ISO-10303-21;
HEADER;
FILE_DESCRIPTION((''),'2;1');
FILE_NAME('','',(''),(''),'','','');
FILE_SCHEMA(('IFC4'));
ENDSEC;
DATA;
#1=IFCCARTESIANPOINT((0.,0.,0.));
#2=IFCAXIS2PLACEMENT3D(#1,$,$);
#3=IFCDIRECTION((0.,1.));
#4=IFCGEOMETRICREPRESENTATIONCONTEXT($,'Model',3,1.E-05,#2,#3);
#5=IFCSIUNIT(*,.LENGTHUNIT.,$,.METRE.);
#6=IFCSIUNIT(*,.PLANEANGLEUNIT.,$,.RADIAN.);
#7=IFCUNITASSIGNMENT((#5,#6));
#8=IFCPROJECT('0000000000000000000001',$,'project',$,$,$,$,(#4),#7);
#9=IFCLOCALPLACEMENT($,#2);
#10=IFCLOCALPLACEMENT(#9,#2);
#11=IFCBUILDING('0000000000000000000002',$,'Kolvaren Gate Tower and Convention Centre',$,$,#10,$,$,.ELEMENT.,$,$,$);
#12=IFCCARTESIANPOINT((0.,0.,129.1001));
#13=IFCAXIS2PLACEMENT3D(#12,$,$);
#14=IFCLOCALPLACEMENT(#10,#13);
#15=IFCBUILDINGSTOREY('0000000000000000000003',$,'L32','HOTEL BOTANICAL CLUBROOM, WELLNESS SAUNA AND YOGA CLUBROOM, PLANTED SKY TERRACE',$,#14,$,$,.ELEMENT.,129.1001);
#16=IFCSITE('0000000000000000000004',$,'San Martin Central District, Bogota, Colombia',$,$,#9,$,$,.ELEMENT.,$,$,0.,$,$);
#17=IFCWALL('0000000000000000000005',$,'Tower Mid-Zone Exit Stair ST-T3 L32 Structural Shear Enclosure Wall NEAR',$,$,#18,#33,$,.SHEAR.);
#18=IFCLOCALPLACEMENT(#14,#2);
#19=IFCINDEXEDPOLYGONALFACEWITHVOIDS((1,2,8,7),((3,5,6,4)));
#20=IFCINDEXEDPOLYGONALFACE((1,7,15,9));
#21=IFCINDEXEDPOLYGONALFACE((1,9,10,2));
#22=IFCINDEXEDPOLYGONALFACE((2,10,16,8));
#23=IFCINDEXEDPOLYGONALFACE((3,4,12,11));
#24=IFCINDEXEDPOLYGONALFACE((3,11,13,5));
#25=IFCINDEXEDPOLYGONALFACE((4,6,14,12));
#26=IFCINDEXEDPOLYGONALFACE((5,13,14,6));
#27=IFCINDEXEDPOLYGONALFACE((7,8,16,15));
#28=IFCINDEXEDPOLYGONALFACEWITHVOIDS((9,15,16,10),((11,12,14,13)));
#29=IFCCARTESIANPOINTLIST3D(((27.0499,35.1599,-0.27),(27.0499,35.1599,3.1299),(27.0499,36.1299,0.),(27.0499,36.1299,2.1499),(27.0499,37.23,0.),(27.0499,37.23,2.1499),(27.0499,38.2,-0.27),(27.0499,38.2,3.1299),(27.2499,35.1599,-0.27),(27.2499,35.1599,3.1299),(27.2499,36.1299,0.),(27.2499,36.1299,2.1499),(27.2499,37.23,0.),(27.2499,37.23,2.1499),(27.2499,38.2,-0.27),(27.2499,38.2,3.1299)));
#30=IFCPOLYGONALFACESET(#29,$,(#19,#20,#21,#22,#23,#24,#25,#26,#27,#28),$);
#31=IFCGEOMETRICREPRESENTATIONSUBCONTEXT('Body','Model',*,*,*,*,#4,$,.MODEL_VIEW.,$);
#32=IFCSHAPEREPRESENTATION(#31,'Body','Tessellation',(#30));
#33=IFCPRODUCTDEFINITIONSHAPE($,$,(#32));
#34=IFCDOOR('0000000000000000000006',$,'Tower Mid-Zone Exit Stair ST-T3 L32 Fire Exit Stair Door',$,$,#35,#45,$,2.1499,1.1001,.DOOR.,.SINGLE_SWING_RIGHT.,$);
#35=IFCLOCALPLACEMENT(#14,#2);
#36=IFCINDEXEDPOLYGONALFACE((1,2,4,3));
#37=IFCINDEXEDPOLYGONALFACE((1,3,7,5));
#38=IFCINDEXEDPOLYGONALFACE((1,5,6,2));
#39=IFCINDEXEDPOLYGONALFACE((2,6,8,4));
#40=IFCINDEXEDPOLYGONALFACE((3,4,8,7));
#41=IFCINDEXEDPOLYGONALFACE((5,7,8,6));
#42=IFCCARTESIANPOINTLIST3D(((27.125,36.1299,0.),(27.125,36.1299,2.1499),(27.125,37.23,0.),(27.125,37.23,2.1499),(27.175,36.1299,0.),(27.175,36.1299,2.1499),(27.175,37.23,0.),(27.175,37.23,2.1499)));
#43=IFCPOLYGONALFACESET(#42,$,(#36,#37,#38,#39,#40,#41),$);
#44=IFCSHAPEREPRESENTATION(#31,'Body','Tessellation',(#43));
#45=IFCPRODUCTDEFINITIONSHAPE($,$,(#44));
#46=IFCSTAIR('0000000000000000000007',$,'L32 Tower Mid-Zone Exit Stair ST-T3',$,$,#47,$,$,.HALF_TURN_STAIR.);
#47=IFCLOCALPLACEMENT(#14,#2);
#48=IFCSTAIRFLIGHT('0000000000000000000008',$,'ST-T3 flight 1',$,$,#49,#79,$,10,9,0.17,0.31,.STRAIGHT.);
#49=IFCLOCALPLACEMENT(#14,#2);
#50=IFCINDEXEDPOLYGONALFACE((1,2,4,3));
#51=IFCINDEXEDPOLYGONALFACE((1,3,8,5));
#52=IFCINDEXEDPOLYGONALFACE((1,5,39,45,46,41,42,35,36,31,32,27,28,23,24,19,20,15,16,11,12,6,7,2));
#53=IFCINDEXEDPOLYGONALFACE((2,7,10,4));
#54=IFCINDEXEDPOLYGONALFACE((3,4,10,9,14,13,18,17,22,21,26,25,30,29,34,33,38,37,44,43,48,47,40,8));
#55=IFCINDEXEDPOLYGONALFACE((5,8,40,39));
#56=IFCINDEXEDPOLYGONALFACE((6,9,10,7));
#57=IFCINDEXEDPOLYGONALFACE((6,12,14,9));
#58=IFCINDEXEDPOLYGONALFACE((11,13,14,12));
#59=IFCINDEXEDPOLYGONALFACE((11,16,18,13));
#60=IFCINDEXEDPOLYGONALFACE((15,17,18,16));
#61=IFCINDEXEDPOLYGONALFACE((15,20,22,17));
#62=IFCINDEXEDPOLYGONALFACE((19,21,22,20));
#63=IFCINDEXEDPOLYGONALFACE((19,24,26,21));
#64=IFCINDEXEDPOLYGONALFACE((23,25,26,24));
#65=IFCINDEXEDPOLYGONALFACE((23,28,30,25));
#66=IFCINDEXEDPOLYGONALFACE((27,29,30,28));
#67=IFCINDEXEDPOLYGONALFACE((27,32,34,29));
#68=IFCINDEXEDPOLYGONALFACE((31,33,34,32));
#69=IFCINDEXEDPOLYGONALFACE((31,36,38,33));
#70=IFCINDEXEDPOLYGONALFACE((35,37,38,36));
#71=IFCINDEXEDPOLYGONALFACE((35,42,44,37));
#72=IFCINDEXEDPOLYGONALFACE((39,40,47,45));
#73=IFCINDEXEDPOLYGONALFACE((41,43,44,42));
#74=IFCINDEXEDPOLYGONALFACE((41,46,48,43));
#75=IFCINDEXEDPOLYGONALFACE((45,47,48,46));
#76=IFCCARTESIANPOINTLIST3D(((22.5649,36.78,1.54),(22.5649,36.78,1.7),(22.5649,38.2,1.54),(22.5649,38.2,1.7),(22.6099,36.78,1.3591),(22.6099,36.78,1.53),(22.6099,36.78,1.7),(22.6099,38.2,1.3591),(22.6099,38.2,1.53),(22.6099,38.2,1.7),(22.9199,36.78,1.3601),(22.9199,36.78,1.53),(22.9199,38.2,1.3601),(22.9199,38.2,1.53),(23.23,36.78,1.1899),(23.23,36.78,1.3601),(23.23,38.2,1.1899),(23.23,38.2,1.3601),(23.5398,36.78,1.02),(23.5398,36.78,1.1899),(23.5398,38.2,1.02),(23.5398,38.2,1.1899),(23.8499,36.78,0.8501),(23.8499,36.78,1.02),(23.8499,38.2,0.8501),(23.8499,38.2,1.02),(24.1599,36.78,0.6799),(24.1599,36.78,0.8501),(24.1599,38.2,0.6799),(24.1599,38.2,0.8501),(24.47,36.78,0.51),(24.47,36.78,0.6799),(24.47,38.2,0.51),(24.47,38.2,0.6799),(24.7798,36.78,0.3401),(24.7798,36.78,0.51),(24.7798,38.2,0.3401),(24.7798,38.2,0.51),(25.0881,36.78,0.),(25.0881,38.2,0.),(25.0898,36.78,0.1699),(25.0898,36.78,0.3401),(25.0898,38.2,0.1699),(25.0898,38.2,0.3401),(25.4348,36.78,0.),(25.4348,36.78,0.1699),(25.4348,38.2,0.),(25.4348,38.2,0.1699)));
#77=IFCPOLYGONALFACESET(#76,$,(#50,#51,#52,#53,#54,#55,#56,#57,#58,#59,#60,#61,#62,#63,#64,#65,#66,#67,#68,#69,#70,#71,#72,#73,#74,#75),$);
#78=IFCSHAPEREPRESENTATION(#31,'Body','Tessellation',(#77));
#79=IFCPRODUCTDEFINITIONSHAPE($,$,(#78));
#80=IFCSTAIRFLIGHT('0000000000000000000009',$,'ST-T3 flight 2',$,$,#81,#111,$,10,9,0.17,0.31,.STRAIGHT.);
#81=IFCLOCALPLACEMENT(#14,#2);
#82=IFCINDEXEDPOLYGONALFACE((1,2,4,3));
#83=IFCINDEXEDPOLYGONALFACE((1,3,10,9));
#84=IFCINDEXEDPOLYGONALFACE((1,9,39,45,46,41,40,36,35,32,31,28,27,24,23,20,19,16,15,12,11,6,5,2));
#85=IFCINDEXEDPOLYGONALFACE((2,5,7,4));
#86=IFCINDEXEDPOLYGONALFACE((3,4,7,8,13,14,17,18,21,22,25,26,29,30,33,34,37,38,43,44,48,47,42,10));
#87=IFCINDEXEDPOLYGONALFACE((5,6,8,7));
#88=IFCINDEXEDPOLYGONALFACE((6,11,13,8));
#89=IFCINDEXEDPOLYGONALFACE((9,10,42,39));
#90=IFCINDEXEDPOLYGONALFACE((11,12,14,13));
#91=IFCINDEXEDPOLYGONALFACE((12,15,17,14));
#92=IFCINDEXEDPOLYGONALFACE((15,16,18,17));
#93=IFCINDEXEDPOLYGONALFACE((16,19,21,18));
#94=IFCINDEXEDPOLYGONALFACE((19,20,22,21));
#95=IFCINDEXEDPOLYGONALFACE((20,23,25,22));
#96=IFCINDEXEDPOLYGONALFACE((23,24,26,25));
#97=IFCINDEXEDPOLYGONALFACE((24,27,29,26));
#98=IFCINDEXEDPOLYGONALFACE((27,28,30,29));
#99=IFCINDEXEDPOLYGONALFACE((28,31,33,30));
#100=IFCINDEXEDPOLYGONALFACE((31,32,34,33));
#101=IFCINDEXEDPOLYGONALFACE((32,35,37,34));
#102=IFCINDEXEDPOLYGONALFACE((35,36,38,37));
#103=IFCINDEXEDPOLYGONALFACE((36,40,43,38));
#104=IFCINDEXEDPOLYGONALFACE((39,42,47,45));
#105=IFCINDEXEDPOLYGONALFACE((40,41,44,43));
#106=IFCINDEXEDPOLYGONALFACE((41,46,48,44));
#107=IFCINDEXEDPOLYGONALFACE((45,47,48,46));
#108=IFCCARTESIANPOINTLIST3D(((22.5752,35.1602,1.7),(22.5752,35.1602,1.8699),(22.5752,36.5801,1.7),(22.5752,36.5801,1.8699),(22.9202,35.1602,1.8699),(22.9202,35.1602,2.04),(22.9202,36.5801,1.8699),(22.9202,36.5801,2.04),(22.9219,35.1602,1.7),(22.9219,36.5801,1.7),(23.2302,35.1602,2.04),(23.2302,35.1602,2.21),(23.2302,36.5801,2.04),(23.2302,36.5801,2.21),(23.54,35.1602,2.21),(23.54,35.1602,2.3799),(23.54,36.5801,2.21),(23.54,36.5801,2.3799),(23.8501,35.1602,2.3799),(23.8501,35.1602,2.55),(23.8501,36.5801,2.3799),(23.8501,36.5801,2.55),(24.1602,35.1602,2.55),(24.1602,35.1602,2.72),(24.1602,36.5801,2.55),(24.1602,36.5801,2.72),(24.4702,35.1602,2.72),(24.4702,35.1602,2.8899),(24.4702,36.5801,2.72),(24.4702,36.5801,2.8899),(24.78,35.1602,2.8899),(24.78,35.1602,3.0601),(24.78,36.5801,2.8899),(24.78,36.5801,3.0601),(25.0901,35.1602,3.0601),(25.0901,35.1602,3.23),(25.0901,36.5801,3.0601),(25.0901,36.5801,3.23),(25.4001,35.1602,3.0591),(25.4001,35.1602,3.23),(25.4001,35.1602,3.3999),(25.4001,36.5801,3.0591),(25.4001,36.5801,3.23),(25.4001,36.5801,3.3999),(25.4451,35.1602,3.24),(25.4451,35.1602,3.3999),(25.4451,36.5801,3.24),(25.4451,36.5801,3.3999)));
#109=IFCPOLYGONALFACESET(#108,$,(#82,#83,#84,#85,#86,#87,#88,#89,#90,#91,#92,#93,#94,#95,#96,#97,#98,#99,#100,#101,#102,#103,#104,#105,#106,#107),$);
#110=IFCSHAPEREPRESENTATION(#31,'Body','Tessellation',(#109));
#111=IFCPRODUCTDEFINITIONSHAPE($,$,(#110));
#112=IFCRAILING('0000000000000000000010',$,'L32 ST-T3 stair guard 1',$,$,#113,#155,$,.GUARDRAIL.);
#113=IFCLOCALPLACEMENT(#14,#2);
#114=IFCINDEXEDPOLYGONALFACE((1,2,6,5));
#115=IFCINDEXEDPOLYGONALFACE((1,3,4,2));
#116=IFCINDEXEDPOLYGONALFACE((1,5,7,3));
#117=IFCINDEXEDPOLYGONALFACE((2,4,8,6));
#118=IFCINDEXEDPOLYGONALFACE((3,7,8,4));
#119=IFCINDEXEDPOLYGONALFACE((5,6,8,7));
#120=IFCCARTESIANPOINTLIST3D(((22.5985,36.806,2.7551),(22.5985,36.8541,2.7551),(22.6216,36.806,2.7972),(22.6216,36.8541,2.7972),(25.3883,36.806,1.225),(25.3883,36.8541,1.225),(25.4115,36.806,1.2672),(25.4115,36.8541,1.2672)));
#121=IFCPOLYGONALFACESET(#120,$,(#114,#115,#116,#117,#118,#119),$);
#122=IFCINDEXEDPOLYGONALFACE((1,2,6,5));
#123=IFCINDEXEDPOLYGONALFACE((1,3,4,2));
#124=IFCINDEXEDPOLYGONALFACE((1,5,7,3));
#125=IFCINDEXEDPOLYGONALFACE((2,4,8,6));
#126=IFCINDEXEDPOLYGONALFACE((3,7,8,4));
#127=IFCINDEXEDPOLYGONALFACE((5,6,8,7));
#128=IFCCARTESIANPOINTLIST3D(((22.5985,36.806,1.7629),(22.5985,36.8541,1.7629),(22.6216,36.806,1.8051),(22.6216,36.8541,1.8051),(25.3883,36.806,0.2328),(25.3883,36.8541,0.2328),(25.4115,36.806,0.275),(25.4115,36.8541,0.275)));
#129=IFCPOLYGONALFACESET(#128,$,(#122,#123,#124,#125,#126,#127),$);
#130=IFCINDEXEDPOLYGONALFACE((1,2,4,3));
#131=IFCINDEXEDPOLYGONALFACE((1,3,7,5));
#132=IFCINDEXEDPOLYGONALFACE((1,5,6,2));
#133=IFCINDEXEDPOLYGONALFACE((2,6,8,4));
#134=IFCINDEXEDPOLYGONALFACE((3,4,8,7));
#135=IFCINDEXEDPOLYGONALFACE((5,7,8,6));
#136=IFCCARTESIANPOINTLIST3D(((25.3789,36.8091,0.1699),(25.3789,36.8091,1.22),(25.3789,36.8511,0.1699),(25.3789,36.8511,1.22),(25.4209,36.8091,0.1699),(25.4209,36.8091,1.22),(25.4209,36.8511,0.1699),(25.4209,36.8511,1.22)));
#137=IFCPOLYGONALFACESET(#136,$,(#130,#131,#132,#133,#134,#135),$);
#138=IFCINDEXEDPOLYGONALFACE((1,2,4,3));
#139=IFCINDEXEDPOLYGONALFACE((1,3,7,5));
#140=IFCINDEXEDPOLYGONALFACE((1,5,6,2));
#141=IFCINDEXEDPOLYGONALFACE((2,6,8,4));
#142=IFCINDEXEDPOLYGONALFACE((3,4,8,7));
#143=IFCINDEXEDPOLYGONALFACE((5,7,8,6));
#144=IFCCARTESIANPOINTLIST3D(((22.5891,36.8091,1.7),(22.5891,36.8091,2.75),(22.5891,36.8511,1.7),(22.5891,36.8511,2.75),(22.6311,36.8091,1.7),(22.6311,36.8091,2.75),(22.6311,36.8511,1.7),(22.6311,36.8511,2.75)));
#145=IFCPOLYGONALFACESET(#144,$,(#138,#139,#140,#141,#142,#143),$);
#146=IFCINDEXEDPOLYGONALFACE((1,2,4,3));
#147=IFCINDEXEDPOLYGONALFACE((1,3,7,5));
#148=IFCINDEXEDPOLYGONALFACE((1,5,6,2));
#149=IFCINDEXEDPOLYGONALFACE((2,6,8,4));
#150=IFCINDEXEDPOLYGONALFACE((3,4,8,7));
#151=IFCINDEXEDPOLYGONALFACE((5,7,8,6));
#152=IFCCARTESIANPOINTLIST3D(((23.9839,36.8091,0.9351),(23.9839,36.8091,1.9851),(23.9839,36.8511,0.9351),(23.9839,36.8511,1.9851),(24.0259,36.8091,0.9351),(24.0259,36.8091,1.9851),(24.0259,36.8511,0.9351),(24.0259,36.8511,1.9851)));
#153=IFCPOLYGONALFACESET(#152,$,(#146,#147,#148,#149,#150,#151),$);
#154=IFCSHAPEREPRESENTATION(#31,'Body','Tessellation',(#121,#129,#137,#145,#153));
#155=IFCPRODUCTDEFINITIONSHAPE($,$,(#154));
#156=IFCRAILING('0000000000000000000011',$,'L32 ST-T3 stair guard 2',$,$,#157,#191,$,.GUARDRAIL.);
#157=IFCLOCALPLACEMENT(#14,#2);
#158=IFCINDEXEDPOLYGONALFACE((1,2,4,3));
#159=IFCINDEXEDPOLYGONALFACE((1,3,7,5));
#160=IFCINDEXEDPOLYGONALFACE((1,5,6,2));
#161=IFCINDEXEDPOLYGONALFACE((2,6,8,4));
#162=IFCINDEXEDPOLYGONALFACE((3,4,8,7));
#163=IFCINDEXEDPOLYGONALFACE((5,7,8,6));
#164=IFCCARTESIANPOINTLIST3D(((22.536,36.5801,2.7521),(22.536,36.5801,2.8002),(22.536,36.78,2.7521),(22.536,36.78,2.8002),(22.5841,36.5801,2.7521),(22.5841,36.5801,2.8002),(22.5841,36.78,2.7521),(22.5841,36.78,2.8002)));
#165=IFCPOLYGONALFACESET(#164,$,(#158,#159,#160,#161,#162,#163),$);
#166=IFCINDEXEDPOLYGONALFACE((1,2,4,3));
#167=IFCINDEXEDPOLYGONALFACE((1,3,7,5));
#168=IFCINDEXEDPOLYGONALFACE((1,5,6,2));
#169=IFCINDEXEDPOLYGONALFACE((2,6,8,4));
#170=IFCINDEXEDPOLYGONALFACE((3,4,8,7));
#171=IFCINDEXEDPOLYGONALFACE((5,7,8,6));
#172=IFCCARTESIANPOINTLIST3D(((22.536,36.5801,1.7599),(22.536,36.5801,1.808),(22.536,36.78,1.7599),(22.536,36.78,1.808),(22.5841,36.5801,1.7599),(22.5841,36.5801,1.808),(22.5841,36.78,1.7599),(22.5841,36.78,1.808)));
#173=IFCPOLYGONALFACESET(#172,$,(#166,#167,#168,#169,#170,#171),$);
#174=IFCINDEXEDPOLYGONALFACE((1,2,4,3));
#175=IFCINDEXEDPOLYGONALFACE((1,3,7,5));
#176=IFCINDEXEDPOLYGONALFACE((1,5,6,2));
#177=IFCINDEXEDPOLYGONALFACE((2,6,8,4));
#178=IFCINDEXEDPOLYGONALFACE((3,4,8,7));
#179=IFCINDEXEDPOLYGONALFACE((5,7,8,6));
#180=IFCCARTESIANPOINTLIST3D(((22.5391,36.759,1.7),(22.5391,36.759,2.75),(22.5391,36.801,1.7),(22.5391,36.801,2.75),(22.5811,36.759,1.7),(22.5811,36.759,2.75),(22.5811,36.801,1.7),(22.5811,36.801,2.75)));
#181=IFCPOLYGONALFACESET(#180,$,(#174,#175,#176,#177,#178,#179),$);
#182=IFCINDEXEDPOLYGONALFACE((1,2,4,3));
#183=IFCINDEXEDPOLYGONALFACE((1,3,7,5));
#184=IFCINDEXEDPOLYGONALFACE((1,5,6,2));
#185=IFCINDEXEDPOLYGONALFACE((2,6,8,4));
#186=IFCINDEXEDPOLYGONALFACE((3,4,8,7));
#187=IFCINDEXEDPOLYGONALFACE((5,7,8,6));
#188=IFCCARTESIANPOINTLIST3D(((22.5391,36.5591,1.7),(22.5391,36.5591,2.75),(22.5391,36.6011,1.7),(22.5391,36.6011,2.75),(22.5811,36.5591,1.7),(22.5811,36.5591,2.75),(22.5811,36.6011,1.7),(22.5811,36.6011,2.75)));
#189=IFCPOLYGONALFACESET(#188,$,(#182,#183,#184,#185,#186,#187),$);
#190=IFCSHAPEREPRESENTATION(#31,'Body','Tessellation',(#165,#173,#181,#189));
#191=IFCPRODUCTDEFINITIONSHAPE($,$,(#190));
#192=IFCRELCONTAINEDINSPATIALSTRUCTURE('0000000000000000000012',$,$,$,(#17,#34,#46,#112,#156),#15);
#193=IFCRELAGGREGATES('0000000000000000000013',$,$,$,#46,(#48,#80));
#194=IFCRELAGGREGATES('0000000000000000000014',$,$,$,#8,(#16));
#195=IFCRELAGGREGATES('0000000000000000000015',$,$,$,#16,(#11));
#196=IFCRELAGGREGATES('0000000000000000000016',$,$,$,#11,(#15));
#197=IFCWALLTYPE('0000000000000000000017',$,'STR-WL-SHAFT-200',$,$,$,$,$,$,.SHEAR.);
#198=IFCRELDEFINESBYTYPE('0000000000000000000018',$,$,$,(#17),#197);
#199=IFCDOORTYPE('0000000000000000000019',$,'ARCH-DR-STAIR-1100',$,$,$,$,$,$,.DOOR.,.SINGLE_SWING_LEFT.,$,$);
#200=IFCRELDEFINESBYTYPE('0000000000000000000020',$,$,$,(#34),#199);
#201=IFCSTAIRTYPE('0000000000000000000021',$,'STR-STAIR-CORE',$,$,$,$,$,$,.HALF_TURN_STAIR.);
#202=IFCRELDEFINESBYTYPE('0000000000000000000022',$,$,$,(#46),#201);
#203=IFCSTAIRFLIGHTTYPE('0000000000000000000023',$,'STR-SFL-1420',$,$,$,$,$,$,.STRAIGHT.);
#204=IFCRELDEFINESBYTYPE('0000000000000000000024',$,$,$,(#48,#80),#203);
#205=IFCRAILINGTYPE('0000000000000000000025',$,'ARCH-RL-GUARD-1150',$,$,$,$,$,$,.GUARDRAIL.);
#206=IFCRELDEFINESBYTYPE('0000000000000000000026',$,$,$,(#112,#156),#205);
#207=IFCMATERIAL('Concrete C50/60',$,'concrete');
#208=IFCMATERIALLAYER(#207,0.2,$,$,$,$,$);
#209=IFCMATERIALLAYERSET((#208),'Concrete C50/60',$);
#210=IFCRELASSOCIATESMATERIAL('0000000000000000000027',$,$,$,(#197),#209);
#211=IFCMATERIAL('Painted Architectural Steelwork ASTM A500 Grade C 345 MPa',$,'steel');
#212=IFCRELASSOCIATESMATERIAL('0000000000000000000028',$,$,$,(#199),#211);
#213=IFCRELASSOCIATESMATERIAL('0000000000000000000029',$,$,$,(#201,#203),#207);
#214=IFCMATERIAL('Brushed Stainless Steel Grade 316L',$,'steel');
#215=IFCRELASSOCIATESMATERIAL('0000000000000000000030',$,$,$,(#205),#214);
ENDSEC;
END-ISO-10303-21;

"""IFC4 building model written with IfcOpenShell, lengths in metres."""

from ifc_helpers import new_model, si_unit, direction, frame, frame_2d, origin, origin_2d, place, context, subcontext, project, spatial, polyline, rectangle, outline, extrude, material, layer, layer_set, type_object, element, fill, aggregate, save


model = new_model("IFC4")

# Units and contexts
model_context = context("Model", 3, precision=1e-05, world=origin(), true_north=direction((0.0, 1.0)))
body_context = subcontext(model_context, "Body", "Model", "MODEL_VIEW")
ifc_project = project(units=[si_unit("LENGTHUNIT", "METRE"), si_unit("PLANEANGLEUNIT", "RADIAN")], contexts=[model_context])

# Site, building, storey
site_placement = place(None, origin())
site = spatial("IfcSite", under=ifc_project, at=site_placement, Name="San Martin Central District, Bogota, Colombia", CompositionType="ELEMENT", RefElevation=0.0)
building_placement = place(site_placement, origin())
building = spatial("IfcBuilding", under=site, at=building_placement, Name="Kolvaren Gate Tower and Convention Centre", CompositionType="ELEMENT")
storey_placement = place(building_placement, frame((0.0, 0.0, 129.1001)))
storey = spatial("IfcBuildingStorey", under=building, at=storey_placement, Name="L32", Description="HOTEL BOTANICAL CLUBROOM, WELLNESS SAUNA AND YOGA CLUBROOM, PLANTED SKY TERRACE", CompositionType="ELEMENT", Elevation=129.1001)

# Shared definitions
ifc_material_1 = material(Name="Painted Architectural Steelwork ASTM A500 Grade C 345 MPa", Category="steel")

# Wall, opening, door
ifc_material_2 = material(Name="Concrete C50/60", Category="concrete")
ifc_layer_1 = layer(ifc_material_2, 0.2)
ifc_layer_set_1 = layer_set([ifc_layer_1], Name="Concrete C50/60")
wall_type_1 = type_object("IfcWallType", Name="STR-WL-SHAFT-200", PredefinedType="SHEAR", material=ifc_layer_set_1)
wall_1_placement = place(storey_placement, frame((27.1499, 35.1599, -0.27), z_axis=(0.0, 0.0, 1.0), x_axis=(0.0, 1.0, 0.0)))
wall_1 = element("IfcWall", 1, at=wall_1_placement, inside=storey, type_object=wall_type_1, Name="Tower Mid-Zone Exit Stair ST-T3 L32 Structural Shear Enclosure Wall NEAR", PredefinedType="SHEAR", context=body_context, shape_type="SweptSolid", body=[
    extrude(rectangle(XDim=3.04, YDim=0.2, at=frame_2d((1.52, 0.0))), origin(), (0.0, 0.0, 1.0), 3.3999),
])
opening_1_placement = place(wall_1_placement, frame((0.97, 0.0, 0.27)))
opening_1 = element("IfcOpeningElement", 2, at=opening_1_placement, cuts=wall_1, PredefinedType="OPENING", context=body_context, shape_type="SweptSolid", body=[
    extrude(rectangle(XDim=1.1001, YDim=2.1499, at=frame_2d((0.55, 1.075))), frame((0.0, 0.1099, 0.0), z_axis=(0.0, -1.0, 0.0), x_axis=(1.0, 0.0, 0.0)), (0.0, 0.0, 1.0), 0.22),
])
door_type_1 = type_object("IfcDoorType", Name="ARCH-DR-STAIR-1100", OperationType="SINGLE_SWING_LEFT", PredefinedType="DOOR", material=ifc_material_1)
door_1_placement = place(opening_1_placement, origin())
door_1 = element("IfcDoor", 3, at=door_1_placement, inside=storey, type_object=door_type_1, Name="Tower Mid-Zone Exit Stair ST-T3 L32 Fire Exit Stair Door", OperationType="SINGLE_SWING_RIGHT", OverallHeight=2.1499, OverallWidth=1.1001, PredefinedType="DOOR", context=body_context, shape_type="SweptSolid", body=[
    extrude(rectangle(XDim=1.1001, YDim=2.1499, at=frame_2d((0.55, 1.075))), frame((0.0, 0.0249, 0.0), z_axis=(0.0, -1.0, 0.0), x_axis=(1.0, 0.0, 0.0)), (0.0, 0.0, 1.0), 0.05),
])
fill(opening_1, door_1)

# Stair, stair flights
stair_type = type_object("IfcStairType", Name="STR-STAIR-CORE", PredefinedType="HALF_TURN_STAIR", material=ifc_material_2)
stair_placement = place(storey_placement, origin())
stair = element("IfcStair", 4, at=stair_placement, inside=storey, type_object=stair_type, Name="L32 Tower Mid-Zone Exit Stair ST-T3", PredefinedType="HALF_TURN_STAIR")
stair_flight_type = type_object("IfcStairFlightType", Name="STR-SFL-1420", PredefinedType="STRAIGHT", material=ifc_material_2)
stair_flight_1_placement = place(storey_placement, frame((25.3999, 37.49, 0.0), z_axis=(0.0, 0.0, 1.0), x_axis=(-1.0, 0.0, 0.0)))
stair_flight_1 = element("IfcStairFlight", 5, at=stair_flight_1_placement, type_object=stair_flight_type, Name="ST-T3 flight 1", NumberOfRisers=10, NumberOfTreads=9, PredefinedType="STRAIGHT", RiserHeight=0.17, TreadLength=0.31, context=body_context, shape_type="SweptSolid", body=[
    extrude(outline(polyline([(-0.0349, 0.0), (-0.0349, 0.1699), (0.3101, 0.1699), (0.3101, 0.3401), (0.6201, 0.3401), (0.6201, 0.51), (0.9299, 0.51), (0.9299, 0.6799), (1.24, 0.6799), (1.24, 0.8501), (1.55, 0.8501), (1.55, 1.02), (1.8601, 1.02), (1.8601, 1.1899), (2.1699, 1.1899), (2.1699, 1.3601), (2.48, 1.3601), (2.48, 1.53), (2.79, 1.53), (2.79, 1.7), (2.835, 1.7), (2.835, 1.54), (2.79, 1.3591), (0.3118, 0.0), (-0.0349, 0.0)])), frame((0.0, 0.71, 0.0), z_axis=(0.0, -1.0, 0.0), x_axis=(1.0, 0.0, 0.0)), (0.0, 0.0, 1.0), 1.4199),
])
stair_flight_2_placement = place(storey_placement, frame((22.6101, 35.8701, 1.7), z_axis=(0.0, 0.0, 1.0), x_axis=(1.0, 0.0, 0.0)))
stair_flight_2 = element("IfcStairFlight", 6, at=stair_flight_2_placement, type_object=stair_flight_type, Name="ST-T3 flight 2", NumberOfRisers=10, NumberOfTreads=9, PredefinedType="STRAIGHT", RiserHeight=0.17, TreadLength=0.31, context=body_context, shape_type="SweptSolid", body=[
    extrude(outline(polyline([(-0.0349, 0.0), (-0.0349, 0.1699), (0.3101, 0.1699), (0.3101, 0.3401), (0.6201, 0.3401), (0.6201, 0.51), (0.9299, 0.51), (0.9299, 0.6799), (1.24, 0.6799), (1.24, 0.8501), (1.55, 0.8501), (1.55, 1.02), (1.8601, 1.02), (1.8601, 1.1899), (2.1699, 1.1899), (2.1699, 1.3601), (2.48, 1.3601), (2.48, 1.53), (2.79, 1.53), (2.79, 1.7), (2.835, 1.7), (2.835, 1.54), (2.79, 1.3591), (0.3118, 0.0), (-0.0349, 0.0)])), frame((0.0, 0.71, 0.0), z_axis=(0.0, -1.0, 0.0), x_axis=(1.0, 0.0, 0.0)), (0.0, 0.0, 1.0), 1.4199),
])
aggregate(stair, [stair_flight_1, stair_flight_2])

# Railings
ifc_material_3 = material(Name="Brushed Stainless Steel Grade 316L", Category="steel")
railing_type_1 = type_object("IfcRailingType", Name="ARCH-RL-GUARD-1150", PredefinedType="GUARDRAIL", material=ifc_material_3)
railing_1_placement = place(storey_placement, frame((25.3999, 36.8301, 0.1699)))
element("IfcRailing", 7, at=railing_1_placement, inside=storey, type_object=railing_type_1, Name="L32 ST-T3 stair guard 1", PredefinedType="GUARDRAIL", context=body_context, shape_type="SweptSolid", body=[
    extrude(rectangle(XDim=0.0481, YDim=0.0481, at=origin_2d()), frame((0.0, 0.0, 1.0762), z_axis=(-0.876794, 0.0, 0.480867), x_axis=(0.0, -1.0, 0.0)), (0.0, 0.0, 1.0), 3.1819),
    extrude(rectangle(XDim=0.0481, YDim=0.0481, at=origin_2d()), frame((0.0, 0.0, 0.084), z_axis=(-0.876794, 0.0, 0.480867), x_axis=(0.0, -1.0, 0.0)), (0.0, 0.0, 1.0), 3.1819),
    extrude(rectangle(XDim=0.042, YDim=0.042, at=origin_2d()), origin(), (0.0, 0.0, 1.0), 1.05),
    extrude(rectangle(XDim=0.042, YDim=0.042, at=origin_2d()), frame((-2.7898, 0.0, 1.53)), (0.0, 0.0, 1.0), 1.05),
    extrude(rectangle(XDim=0.042, YDim=0.042, at=origin_2d()), frame((-1.395, 0.0, 0.7651)), (0.0, 0.0, 1.0), 1.05),
])
railing_2_placement = place(storey_placement, frame((22.5601, 36.78, 1.7)))
element("IfcRailing", 8, at=railing_2_placement, inside=storey, type_object=railing_type_1, Name="L32 ST-T3 stair guard 2", PredefinedType="GUARDRAIL", context=body_context, shape_type="SweptSolid", body=[
    extrude(rectangle(XDim=0.0481, YDim=0.0481, at=origin_2d()), frame((0.0, 0.0, 1.0762), z_axis=(0.0, -1.0, 0.0), x_axis=(1.0, 0.0, 0.0)), (0.0, 0.0, 1.0), 0.2),
    extrude(rectangle(XDim=0.0481, YDim=0.0481, at=origin_2d()), frame((0.0, 0.0, 0.084), z_axis=(0.0, -1.0, 0.0), x_axis=(1.0, 0.0, 0.0)), (0.0, 0.0, 1.0), 0.2),
    extrude(rectangle(XDim=0.042, YDim=0.042, at=origin_2d()), origin(), (0.0, 0.0, 1.0), 1.05),
    extrude(rectangle(XDim=0.042, YDim=0.042, at=origin_2d()), frame((0.0, -0.2, 0.0)), (0.0, 0.0, 1.0), 1.05),
])

save(model, "model.ifc")
